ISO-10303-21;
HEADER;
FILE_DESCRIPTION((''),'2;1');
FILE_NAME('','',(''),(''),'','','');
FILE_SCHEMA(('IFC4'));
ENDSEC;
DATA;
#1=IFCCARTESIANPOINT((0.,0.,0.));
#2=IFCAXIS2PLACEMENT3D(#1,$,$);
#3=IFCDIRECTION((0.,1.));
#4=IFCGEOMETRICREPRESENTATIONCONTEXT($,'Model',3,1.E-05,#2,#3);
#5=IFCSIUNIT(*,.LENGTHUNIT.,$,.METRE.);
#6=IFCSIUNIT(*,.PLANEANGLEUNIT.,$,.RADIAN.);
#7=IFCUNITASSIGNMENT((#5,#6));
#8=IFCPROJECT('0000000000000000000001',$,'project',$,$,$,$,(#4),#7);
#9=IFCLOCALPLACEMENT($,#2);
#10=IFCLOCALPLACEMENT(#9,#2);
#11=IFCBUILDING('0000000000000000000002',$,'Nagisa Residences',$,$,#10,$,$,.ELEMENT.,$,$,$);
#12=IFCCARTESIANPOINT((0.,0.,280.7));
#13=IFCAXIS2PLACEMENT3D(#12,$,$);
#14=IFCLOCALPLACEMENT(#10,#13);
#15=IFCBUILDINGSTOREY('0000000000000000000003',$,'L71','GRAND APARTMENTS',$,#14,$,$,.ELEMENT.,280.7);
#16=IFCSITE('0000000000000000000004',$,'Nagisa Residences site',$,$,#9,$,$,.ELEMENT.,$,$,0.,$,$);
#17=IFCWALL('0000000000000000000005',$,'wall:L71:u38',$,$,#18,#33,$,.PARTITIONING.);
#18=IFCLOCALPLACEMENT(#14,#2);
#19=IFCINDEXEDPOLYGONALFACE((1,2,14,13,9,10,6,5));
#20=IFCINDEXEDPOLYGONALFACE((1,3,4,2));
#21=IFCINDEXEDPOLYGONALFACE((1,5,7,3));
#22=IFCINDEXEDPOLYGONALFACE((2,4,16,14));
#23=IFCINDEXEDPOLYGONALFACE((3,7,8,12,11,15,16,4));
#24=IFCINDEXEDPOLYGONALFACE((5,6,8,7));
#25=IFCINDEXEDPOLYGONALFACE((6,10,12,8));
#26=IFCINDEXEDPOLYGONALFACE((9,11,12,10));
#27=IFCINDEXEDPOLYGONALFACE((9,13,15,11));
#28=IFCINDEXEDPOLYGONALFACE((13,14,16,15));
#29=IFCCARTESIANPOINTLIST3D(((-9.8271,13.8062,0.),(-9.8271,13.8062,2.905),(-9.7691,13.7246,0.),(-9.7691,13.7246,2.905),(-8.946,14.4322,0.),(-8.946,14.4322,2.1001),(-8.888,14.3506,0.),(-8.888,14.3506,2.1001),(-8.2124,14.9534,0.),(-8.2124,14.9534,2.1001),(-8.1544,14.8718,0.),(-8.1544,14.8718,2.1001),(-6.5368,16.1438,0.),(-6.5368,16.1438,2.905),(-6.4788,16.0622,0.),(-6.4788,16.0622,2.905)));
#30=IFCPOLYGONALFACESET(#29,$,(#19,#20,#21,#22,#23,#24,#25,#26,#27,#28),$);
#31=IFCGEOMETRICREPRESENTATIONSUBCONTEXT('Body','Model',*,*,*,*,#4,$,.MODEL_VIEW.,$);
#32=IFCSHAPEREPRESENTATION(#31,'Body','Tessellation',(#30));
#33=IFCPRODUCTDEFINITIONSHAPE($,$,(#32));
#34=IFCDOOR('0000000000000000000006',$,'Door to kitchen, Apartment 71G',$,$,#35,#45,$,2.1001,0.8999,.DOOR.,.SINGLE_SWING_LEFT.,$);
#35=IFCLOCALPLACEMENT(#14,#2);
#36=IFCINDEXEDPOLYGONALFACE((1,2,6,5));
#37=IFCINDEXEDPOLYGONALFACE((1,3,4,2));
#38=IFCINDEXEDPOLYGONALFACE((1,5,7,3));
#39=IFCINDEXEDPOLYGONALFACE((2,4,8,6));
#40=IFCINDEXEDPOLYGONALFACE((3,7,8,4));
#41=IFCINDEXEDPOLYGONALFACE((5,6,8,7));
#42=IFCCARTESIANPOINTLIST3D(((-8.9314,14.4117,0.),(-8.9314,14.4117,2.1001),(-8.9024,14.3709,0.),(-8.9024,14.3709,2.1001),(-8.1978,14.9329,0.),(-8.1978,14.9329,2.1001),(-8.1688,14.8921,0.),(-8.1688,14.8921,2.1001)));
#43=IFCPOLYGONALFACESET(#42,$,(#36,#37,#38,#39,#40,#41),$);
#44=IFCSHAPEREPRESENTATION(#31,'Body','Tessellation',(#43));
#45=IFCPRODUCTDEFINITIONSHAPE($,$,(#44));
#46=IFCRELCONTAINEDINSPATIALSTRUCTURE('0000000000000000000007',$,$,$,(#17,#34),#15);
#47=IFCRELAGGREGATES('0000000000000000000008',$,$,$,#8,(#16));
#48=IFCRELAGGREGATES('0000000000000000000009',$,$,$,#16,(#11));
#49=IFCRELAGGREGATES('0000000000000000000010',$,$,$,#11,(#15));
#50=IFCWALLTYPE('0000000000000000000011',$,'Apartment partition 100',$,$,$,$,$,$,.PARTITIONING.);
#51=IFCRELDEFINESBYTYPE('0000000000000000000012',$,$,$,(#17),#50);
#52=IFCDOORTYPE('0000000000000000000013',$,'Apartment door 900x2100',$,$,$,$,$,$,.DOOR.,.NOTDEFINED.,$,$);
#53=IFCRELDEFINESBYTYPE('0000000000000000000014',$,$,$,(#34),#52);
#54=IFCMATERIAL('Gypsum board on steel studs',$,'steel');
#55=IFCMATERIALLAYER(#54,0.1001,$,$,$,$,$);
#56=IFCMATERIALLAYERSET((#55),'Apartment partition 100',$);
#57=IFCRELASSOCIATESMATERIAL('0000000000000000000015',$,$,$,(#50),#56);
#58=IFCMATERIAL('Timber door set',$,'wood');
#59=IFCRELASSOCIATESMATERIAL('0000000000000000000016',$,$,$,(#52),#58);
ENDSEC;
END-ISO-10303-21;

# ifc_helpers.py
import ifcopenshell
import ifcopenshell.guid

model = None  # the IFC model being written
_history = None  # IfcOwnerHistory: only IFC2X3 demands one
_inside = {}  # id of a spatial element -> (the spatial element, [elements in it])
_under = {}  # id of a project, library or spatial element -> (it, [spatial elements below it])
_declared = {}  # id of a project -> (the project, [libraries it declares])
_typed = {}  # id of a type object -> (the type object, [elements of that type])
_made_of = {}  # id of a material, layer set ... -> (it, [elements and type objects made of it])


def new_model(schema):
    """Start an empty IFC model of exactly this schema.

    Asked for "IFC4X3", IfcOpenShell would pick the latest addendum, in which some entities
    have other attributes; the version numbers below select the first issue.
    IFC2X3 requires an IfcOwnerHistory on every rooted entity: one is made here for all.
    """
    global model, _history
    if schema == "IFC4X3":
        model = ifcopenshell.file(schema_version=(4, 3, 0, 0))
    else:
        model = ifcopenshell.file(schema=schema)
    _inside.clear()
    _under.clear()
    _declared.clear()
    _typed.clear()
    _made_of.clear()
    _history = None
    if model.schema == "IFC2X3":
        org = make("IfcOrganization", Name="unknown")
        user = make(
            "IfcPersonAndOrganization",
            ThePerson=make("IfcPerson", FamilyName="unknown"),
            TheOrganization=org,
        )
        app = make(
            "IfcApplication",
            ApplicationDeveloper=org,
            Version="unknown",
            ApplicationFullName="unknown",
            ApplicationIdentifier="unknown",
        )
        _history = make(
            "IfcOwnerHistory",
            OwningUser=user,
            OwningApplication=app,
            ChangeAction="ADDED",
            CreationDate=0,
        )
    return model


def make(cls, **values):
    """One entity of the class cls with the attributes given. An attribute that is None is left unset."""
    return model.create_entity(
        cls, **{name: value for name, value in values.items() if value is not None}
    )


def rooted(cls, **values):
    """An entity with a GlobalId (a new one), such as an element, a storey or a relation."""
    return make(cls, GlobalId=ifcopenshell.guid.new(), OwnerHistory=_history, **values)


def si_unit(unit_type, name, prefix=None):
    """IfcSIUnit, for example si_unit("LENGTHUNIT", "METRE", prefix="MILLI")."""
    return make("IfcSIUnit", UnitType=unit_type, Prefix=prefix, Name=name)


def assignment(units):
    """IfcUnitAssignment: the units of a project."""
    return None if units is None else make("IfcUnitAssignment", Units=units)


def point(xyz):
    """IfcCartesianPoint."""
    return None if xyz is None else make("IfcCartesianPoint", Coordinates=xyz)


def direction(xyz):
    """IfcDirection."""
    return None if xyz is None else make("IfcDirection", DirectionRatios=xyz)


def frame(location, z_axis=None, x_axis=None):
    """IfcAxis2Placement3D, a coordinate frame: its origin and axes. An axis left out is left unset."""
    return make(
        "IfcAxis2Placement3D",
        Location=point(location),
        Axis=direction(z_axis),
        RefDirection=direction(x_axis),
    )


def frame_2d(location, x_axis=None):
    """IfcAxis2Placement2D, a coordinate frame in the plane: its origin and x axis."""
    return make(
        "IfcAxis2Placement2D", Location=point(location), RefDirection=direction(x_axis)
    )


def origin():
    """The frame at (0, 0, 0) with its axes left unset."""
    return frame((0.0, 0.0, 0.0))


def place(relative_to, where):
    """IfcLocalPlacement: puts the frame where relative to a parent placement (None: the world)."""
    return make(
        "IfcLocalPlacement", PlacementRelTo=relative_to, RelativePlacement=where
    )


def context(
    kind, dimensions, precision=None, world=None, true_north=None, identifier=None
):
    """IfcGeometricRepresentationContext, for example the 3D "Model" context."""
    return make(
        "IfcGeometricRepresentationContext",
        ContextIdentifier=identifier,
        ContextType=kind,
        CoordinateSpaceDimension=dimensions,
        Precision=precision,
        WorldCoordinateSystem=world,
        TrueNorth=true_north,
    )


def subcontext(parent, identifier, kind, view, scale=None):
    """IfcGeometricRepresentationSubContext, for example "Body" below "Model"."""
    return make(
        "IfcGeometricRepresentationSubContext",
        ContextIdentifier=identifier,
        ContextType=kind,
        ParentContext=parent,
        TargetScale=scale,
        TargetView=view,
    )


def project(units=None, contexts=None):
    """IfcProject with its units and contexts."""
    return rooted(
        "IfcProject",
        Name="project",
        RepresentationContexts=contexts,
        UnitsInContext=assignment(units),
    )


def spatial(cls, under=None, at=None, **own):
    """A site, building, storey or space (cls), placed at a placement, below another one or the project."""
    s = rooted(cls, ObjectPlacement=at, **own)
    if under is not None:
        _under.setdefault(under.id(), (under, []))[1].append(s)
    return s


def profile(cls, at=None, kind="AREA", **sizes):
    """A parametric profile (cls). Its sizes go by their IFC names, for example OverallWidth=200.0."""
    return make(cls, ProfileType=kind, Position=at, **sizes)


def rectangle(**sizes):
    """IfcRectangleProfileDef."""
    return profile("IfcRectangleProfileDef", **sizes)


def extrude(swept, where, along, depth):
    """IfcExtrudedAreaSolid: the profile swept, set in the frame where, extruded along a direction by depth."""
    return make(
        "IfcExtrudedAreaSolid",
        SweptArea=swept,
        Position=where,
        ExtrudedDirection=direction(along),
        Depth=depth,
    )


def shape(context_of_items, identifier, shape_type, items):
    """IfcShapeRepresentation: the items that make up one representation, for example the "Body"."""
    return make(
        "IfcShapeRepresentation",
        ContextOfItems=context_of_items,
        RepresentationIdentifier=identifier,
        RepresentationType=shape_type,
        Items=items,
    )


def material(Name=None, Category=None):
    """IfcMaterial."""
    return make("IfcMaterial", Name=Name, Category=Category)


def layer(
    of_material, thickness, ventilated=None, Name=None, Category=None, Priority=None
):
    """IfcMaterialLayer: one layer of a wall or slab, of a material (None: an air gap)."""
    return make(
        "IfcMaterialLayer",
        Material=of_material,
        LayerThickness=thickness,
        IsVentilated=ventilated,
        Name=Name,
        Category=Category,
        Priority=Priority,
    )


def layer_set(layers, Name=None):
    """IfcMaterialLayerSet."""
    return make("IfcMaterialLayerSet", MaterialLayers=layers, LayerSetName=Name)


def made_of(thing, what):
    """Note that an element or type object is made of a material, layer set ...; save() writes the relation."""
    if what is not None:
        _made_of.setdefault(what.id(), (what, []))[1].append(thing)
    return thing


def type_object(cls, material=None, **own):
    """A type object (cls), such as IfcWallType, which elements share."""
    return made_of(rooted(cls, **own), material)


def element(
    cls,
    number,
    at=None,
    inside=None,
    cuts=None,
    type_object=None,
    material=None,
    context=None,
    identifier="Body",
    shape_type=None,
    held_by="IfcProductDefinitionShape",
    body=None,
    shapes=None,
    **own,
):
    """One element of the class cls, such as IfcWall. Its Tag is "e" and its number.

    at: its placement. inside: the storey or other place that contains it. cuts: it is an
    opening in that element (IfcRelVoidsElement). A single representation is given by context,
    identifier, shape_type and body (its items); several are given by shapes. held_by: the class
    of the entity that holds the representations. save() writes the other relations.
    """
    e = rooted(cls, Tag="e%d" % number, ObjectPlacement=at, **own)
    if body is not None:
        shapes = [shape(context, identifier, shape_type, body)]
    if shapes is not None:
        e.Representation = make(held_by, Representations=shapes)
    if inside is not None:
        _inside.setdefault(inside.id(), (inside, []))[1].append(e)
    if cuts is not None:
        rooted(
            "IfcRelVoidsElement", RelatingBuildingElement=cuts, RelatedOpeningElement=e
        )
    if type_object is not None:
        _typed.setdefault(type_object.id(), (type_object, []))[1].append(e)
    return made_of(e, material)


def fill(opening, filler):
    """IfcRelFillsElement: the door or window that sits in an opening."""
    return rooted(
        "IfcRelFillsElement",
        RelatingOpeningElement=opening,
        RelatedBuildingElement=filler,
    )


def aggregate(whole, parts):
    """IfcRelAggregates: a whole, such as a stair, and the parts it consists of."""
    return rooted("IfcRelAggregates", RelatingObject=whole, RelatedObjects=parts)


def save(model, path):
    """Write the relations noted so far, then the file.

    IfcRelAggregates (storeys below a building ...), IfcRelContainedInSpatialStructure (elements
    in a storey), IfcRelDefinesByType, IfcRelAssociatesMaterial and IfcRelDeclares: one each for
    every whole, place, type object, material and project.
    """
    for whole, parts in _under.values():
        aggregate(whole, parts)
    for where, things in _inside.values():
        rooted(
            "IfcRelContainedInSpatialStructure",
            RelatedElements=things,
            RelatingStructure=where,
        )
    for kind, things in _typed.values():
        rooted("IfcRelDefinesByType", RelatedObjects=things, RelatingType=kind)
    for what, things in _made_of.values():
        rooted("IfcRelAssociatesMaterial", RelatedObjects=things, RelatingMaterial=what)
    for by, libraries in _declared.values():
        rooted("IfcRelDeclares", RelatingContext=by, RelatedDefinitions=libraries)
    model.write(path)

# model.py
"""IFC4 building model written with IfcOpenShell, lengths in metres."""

from ifc_helpers import new_model, si_unit, direction, frame, frame_2d, origin, place, context, subcontext, project, spatial, rectangle, extrude, material, layer, layer_set, type_object, element, fill, save


model = new_model("IFC4")

# Units and contexts
model_context = context("Model", 3, precision=1e-05, world=origin(), true_north=direction((0.0, 1.0)))
body_context = subcontext(model_context, "Body", "Model", "MODEL_VIEW")
ifc_project = project(units=[si_unit("LENGTHUNIT", "METRE"), si_unit("PLANEANGLEUNIT", "RADIAN")], contexts=[model_context])

# Site, building, storey
site_placement = place(None, origin())
site = spatial("IfcSite", under=ifc_project, at=site_placement, Name="Nagisa Residences site", CompositionType="ELEMENT", RefElevation=0.0)
building_placement = place(site_placement, origin())
building = spatial("IfcBuilding", under=site, at=building_placement, Name="Nagisa Residences", CompositionType="ELEMENT")
storey_placement = place(building_placement, frame((0.0, 0.0, 280.7)))
storey = spatial("IfcBuildingStorey", under=building, at=storey_placement, Name="L71", Description="GRAND APARTMENTS", CompositionType="ELEMENT", Elevation=280.7)

# Wall, opening, door
ifc_material_1 = material(Name="Gypsum board on steel studs", Category="steel")
ifc_layer_1 = layer(ifc_material_1, 0.1001)
ifc_layer_set_1 = layer_set([ifc_layer_1], Name="Apartment partition 100")
wall_type_1 = type_object("IfcWallType", Name="Apartment partition 100", PredefinedType="PARTITIONING", material=ifc_layer_set_1)
ifc_material_2 = material(Name="Timber door set", Category="wood")
door_type_1 = type_object("IfcDoorType", Name="Apartment door 900x2100", OperationType="NOTDEFINED", PredefinedType="DOOR", material=ifc_material_2)
wall_1_placement = place(storey_placement, frame((-6.5078, 16.103, 0.0), z_axis=(0.0, 0.0, 1.0), x_axis=(-0.815202, -0.579176, 0.0)))
wall_1 = element("IfcWall", 1, at=wall_1_placement, inside=storey, type_object=wall_type_1, Name="wall:L71:u38", PredefinedType="PARTITIONING", context=body_context, shape_type="SweptSolid", body=[
    extrude(rectangle(XDim=4.0361, YDim=0.1001, at=frame_2d((2.0181, 0.0))), origin(), (0.0, 0.0, 1.0), 2.905),
])
opening_1_placement = place(wall_1_placement, frame((2.0554, 0.0, 0.0)))
opening_1 = element("IfcOpeningElement", 2, at=opening_1_placement, cuts=wall_1, PredefinedType="OPENING", context=body_context, shape_type="SweptSolid", body=[
    extrude(rectangle(XDim=0.8999, YDim=2.1001, at=frame_2d((0.45, 1.05))), frame((0.0, 0.0601, 0.0), z_axis=(0.0, -1.0, 0.0), x_axis=(1.0, 0.0, 0.0)), (0.0, 0.0, 1.0), 0.1201),
])
door_1_placement = place(opening_1_placement, frame((0.8999, 0.0, 0.0), x_axis=(-1.0, 0.0, 0.0)))
door_1 = element("IfcDoor", 3, at=door_1_placement, inside=storey, type_object=door_type_1, Name="Door to kitchen, Apartment 71G", OperationType="SINGLE_SWING_LEFT", OverallHeight=2.1001, OverallWidth=0.8999, PredefinedType="DOOR", context=body_context, shape_type="SweptSolid", body=[
    extrude(rectangle(XDim=0.8999, YDim=2.1001, at=frame_2d((0.45, 1.05))), frame((0.0, 0.0249, 0.0), z_axis=(0.0, -1.0, 0.0), x_axis=(1.0, 0.0, 0.0)), (0.0, 0.0, 1.0), 0.05),
])
fill(opening_1, door_1)

save(model, "model.ifc")
